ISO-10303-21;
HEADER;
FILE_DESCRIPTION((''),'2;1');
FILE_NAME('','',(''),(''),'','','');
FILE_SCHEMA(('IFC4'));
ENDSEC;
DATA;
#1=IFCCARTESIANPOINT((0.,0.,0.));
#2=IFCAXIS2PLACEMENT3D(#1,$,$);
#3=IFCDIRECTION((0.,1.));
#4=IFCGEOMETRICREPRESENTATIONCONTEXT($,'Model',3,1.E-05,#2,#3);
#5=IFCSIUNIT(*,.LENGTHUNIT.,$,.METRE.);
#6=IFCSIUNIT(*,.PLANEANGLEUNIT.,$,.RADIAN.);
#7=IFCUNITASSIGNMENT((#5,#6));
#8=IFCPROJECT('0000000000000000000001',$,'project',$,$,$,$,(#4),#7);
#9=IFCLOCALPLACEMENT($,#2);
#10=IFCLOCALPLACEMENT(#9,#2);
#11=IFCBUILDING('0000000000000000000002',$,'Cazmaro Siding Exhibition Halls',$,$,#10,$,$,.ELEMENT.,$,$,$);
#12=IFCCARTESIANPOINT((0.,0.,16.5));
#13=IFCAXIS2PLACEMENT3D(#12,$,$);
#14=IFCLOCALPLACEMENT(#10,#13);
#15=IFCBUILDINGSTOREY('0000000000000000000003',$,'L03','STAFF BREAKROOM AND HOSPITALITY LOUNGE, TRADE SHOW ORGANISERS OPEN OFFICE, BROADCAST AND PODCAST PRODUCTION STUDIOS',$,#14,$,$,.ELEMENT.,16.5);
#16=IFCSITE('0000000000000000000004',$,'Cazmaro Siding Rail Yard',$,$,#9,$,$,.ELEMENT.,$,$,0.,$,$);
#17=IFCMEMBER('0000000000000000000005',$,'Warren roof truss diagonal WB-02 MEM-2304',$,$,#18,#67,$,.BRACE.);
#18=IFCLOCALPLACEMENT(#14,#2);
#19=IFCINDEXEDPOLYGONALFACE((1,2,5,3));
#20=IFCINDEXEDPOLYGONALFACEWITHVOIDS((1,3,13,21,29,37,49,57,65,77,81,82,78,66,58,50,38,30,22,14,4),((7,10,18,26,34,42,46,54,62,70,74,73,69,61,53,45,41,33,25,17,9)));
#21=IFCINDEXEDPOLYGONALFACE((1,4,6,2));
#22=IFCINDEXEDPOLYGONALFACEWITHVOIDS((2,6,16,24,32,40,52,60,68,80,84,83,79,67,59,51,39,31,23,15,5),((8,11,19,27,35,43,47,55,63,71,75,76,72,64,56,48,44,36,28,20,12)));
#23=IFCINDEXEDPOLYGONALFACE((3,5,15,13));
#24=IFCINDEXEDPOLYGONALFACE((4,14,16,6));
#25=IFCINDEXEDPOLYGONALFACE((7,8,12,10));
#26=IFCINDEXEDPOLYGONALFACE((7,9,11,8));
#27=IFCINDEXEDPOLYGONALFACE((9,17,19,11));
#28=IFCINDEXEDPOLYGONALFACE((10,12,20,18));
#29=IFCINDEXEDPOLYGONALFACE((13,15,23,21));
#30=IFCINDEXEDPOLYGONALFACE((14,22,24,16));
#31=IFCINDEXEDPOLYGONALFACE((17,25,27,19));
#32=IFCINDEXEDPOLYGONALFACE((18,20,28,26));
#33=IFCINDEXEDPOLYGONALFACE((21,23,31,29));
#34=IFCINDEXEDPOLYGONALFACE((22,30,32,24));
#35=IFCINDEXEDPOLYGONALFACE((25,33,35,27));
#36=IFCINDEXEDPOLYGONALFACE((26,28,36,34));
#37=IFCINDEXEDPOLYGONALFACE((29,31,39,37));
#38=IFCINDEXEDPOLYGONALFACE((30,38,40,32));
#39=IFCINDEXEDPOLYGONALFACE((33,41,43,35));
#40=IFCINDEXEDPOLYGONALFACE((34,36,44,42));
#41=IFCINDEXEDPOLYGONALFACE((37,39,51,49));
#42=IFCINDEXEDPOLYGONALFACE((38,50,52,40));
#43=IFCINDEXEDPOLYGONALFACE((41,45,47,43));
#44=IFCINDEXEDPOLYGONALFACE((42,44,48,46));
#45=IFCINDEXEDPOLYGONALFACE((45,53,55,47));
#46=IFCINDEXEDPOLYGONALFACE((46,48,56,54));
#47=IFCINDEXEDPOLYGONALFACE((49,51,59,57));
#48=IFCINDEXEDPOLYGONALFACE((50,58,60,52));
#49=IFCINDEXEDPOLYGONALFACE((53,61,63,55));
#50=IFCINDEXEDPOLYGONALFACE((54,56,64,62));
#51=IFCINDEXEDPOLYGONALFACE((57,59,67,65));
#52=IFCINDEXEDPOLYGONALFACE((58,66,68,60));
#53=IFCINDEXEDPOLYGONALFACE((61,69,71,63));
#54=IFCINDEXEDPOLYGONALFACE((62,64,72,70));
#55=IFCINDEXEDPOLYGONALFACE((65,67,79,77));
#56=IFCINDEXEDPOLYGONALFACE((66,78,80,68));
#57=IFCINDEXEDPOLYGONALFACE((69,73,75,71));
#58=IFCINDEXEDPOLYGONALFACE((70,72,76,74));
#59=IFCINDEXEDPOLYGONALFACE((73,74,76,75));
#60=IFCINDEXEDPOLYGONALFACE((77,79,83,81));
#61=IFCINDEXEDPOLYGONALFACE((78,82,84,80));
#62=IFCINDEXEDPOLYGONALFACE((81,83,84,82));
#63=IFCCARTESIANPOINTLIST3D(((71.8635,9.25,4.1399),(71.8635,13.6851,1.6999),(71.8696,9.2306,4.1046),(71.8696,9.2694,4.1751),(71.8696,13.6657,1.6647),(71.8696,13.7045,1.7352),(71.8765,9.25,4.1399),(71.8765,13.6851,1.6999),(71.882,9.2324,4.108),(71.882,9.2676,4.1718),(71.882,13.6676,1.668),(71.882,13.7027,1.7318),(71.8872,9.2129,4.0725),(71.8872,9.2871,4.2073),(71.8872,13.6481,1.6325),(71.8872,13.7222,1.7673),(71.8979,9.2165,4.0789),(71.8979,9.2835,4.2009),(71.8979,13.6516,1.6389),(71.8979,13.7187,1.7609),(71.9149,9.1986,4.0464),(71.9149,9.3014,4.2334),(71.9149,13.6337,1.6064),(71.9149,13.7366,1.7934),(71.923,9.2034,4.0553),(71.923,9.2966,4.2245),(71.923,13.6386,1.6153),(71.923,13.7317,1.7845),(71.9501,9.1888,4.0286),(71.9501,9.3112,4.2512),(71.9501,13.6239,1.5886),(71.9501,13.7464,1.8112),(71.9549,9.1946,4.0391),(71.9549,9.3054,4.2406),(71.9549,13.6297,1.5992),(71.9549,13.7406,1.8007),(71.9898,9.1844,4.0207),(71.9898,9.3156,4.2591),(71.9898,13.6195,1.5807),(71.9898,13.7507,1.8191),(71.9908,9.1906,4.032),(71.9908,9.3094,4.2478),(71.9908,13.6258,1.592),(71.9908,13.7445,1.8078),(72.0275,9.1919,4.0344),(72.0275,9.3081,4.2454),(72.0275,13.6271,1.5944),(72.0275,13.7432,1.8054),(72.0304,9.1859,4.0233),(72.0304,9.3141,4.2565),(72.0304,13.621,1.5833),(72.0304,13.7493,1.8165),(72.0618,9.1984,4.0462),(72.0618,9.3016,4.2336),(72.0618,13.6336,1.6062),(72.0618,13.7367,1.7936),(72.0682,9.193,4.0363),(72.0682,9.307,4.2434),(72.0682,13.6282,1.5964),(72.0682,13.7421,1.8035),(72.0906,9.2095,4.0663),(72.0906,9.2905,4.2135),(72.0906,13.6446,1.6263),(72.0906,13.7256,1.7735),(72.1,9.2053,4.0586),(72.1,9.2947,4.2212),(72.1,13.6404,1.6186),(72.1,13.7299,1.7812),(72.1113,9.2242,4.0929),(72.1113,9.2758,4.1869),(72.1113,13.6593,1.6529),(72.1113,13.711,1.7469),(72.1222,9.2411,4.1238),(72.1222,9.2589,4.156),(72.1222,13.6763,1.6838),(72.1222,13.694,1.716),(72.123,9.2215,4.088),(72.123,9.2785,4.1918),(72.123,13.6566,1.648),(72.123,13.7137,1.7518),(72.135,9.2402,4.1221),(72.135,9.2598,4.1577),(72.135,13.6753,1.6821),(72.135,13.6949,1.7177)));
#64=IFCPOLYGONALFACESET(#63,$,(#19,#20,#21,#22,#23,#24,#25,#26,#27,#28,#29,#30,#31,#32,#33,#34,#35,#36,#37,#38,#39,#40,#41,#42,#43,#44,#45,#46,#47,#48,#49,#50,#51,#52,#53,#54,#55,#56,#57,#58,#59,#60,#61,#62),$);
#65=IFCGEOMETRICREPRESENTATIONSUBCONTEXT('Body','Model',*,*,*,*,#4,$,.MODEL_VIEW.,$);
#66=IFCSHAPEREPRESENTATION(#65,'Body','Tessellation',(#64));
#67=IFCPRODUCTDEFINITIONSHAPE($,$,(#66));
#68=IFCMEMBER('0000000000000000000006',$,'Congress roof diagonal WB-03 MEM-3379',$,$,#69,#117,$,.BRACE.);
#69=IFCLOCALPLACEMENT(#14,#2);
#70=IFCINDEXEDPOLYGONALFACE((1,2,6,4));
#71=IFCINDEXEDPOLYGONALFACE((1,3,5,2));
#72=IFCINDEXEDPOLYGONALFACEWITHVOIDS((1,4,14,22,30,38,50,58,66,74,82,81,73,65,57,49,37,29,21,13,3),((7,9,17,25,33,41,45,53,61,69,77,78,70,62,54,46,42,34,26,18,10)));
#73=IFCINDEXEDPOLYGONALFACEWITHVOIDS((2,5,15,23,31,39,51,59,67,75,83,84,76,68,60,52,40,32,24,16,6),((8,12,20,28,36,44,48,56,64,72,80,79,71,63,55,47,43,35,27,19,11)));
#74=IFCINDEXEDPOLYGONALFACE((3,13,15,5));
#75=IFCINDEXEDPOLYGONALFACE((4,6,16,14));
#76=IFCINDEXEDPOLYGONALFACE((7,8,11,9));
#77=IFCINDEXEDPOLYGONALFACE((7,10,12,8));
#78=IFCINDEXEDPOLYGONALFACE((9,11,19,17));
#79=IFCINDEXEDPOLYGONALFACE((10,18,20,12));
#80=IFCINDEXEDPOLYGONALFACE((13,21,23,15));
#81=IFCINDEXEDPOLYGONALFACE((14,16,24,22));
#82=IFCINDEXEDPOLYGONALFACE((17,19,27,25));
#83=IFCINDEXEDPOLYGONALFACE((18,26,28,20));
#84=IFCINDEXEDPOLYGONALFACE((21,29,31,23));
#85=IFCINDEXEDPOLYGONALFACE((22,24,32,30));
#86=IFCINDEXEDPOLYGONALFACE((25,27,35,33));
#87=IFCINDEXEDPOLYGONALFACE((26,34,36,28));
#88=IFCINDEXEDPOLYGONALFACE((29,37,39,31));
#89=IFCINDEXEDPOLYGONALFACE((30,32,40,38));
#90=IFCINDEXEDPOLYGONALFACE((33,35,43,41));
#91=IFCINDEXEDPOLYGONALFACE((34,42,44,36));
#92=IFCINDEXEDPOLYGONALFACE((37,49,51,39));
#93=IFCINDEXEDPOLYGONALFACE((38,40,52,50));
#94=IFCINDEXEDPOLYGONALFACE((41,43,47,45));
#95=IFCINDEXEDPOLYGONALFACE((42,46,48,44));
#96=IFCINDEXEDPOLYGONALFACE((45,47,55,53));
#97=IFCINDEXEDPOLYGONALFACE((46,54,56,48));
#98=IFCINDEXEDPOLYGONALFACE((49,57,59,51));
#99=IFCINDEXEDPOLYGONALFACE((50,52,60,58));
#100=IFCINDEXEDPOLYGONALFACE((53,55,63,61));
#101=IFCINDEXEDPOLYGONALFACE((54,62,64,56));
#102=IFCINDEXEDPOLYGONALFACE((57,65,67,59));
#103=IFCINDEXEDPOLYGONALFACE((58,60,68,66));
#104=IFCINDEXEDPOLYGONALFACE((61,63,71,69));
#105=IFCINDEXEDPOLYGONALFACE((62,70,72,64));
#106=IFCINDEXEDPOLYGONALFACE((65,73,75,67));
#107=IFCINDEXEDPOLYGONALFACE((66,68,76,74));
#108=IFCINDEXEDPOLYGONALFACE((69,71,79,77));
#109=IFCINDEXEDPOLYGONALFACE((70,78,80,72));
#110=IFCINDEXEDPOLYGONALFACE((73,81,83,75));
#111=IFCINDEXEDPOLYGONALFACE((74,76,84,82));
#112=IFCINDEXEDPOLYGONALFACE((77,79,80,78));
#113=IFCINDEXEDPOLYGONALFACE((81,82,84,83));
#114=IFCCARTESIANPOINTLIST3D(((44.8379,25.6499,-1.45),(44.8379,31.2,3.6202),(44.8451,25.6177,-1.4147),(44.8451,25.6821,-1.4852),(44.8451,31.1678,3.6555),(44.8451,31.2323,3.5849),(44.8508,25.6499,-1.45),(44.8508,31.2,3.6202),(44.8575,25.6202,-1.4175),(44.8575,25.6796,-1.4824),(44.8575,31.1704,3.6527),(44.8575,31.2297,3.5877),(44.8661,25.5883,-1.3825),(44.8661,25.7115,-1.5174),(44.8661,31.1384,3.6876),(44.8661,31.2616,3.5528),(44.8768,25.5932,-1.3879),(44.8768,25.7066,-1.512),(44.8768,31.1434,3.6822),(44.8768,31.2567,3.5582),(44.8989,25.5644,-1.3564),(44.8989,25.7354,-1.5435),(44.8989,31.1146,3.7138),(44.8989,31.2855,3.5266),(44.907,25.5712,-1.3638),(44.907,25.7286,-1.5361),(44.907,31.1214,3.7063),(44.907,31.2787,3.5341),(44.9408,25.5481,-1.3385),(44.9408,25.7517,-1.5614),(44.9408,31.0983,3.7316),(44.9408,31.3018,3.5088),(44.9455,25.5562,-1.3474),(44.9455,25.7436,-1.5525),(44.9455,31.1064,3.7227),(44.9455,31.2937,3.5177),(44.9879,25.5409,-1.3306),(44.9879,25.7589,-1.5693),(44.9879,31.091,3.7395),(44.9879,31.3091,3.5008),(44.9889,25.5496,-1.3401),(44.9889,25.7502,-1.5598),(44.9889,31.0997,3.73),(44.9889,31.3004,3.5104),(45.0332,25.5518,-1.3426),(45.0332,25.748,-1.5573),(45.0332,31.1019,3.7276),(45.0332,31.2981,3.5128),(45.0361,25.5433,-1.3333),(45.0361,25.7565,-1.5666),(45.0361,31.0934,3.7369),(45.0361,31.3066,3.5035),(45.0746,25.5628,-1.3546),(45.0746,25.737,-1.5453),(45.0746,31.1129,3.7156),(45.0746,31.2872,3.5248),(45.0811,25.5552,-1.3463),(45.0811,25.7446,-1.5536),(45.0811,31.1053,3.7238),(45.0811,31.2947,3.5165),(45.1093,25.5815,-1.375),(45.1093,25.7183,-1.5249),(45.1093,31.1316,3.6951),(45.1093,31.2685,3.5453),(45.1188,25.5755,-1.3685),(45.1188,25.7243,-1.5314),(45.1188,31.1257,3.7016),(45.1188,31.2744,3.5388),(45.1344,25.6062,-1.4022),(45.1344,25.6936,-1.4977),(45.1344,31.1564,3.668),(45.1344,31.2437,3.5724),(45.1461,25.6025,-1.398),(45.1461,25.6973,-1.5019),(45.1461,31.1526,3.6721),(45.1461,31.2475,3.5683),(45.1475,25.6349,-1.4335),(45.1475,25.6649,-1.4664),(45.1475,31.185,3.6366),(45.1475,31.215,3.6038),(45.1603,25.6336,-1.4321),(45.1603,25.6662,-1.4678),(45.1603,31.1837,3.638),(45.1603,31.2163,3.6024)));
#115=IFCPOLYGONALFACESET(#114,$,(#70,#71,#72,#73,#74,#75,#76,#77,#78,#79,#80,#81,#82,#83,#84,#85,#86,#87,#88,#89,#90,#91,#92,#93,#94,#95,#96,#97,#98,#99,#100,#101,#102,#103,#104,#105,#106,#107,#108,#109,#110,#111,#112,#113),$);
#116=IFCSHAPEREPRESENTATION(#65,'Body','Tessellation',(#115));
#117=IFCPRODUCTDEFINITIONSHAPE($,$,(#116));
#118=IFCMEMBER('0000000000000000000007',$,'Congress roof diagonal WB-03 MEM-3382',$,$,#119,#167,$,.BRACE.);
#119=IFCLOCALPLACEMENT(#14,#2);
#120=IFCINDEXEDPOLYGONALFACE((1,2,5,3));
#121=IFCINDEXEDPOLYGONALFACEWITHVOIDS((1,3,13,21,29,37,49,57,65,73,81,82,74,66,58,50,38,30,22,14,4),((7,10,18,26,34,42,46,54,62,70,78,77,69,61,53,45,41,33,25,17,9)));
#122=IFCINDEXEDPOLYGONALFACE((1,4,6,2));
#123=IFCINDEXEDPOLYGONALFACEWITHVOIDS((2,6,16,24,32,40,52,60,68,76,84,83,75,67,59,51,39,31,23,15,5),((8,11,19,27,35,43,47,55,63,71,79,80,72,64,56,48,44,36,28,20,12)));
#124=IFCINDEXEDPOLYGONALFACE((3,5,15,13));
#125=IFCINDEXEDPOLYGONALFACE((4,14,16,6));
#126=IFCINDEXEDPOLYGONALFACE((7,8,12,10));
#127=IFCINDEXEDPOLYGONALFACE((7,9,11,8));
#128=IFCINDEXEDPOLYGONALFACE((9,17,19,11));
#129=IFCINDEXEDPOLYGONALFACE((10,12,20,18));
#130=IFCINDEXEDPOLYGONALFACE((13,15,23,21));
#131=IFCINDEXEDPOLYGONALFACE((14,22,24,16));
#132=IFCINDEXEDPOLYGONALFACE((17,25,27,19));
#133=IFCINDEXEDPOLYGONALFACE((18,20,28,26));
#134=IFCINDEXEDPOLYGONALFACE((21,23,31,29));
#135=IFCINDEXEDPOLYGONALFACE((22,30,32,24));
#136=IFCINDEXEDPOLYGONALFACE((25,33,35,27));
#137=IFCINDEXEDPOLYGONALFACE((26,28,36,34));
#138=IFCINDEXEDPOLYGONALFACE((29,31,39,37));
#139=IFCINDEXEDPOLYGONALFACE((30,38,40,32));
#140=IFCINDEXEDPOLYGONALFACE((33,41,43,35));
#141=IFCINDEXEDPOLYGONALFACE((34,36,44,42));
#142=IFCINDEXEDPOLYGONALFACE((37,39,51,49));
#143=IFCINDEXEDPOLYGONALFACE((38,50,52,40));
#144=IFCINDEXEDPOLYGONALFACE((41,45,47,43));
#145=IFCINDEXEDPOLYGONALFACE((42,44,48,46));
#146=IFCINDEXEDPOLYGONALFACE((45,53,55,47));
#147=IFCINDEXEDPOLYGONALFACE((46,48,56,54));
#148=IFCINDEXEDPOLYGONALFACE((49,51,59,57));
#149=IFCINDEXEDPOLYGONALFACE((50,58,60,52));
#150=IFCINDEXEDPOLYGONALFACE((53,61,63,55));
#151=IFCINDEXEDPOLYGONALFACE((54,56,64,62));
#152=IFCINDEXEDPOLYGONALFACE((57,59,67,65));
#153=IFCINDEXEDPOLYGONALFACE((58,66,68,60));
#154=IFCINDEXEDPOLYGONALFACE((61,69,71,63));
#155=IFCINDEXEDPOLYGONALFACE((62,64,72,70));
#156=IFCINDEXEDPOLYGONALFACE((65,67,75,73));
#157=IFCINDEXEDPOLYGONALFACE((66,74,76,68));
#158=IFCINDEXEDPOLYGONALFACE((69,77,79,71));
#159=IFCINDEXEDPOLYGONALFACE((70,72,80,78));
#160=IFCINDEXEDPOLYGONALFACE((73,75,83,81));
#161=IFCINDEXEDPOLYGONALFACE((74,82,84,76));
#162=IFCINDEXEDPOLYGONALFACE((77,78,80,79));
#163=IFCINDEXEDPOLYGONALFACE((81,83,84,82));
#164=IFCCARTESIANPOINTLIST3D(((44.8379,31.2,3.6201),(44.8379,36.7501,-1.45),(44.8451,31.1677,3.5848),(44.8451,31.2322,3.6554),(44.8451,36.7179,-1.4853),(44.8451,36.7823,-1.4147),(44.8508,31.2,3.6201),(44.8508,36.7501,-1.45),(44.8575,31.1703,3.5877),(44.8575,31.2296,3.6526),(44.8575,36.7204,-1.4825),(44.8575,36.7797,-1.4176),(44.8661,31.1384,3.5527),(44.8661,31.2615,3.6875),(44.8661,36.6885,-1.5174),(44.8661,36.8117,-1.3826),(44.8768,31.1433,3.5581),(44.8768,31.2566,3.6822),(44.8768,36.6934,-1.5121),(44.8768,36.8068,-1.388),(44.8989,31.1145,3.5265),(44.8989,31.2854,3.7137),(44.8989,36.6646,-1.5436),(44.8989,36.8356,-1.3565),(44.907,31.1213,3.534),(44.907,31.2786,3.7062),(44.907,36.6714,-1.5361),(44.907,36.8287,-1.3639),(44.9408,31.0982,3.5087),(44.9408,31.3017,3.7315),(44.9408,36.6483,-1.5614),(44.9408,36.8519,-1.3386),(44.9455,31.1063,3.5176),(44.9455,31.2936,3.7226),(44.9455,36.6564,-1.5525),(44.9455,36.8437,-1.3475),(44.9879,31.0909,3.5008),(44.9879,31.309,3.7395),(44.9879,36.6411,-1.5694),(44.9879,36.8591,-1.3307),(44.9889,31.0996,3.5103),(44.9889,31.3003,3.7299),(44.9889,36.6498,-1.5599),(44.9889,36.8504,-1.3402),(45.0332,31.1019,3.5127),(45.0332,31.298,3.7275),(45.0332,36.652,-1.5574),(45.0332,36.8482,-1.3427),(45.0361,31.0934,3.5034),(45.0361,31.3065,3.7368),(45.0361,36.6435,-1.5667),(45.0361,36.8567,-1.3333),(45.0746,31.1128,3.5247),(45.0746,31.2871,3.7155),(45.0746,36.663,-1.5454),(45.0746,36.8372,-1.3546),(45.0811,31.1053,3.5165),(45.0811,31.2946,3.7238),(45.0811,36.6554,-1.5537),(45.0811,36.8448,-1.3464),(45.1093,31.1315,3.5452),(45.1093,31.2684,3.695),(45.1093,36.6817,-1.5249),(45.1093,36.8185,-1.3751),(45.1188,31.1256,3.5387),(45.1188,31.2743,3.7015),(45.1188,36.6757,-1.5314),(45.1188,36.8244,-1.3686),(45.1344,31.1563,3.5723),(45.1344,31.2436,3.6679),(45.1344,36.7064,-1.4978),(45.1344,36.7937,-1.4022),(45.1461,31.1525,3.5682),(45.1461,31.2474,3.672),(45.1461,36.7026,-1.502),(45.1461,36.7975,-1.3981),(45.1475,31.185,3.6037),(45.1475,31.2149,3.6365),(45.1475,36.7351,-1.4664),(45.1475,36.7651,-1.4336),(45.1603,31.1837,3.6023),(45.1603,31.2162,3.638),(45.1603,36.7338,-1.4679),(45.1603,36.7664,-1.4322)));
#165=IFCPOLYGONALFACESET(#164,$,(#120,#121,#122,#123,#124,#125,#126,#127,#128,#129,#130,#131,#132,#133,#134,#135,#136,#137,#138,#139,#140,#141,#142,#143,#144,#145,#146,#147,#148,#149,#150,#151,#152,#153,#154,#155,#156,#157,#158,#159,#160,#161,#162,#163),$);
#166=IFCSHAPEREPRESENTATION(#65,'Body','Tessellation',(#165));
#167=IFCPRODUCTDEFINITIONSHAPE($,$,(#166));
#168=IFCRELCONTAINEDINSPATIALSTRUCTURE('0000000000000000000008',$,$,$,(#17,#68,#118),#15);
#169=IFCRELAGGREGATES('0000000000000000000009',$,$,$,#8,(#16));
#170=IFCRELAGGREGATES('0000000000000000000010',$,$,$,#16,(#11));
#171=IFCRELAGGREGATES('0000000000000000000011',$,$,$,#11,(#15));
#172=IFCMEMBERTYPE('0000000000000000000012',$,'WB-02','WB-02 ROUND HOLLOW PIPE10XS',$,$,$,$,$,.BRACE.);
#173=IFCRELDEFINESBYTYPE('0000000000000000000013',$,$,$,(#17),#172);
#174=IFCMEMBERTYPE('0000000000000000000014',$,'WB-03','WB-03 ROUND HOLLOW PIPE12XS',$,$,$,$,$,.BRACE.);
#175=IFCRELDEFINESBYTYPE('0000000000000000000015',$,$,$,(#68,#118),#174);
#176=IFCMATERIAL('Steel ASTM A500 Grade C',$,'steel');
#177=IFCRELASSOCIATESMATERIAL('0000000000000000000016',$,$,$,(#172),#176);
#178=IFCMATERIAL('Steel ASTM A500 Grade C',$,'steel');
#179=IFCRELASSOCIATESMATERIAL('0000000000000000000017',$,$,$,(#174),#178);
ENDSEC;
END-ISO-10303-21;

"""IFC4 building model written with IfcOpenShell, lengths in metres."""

from ifc_helpers import new_model, si_unit, direction, frame, origin, origin_2d, place, context, subcontext, project, spatial, hollow_circle, extrude, material, material_profile, profile_set, type_object, element, save


model = new_model("IFC4")

# Units and contexts
model_context = context("Model", 3, precision=1e-05, world=origin(), true_north=direction((0.0, 1.0)))
body_context = subcontext(model_context, "Body", "Model", "MODEL_VIEW")
ifc_project = project(units=[si_unit("LENGTHUNIT", "METRE"), si_unit("PLANEANGLEUNIT", "RADIAN")], contexts=[model_context])

# Site, building, storey
site_placement = place(None, origin())
site = spatial("IfcSite", under=ifc_project, at=site_placement, Name="Cazmaro Siding Rail Yard", CompositionType="ELEMENT", RefElevation=0.0)
building_placement = place(site_placement, origin())
building = spatial("IfcBuilding", under=site, at=building_placement, Name="Cazmaro Siding Exhibition Halls", CompositionType="ELEMENT")
storey_placement = place(building_placement, frame((0.0, 0.0, 16.5)))
storey = spatial("IfcBuildingStorey", under=building, at=storey_placement, Name="L03", Description="STAFF BREAKROOM AND HOSPITALITY LOUNGE, TRADE SHOW ORGANISERS OPEN OFFICE, BROADCAST AND PODCAST PRODUCTION STUDIOS", CompositionType="ELEMENT", Elevation=16.5)

# Members
ifc_material_1 = material(Name="Steel ASTM A500 Grade C", Category="steel")
ifc_material_profile_1 = material_profile(ifc_material_1, hollow_circle(Radius=0.1365, WallThickness=0.0129, at=origin_2d()), Name="PIPE10XS")
ifc_profile_set_1 = profile_set([ifc_material_profile_1], Name="Steel ASTM A500 Grade C")
member_type_1 = type_object("IfcMemberType", Name="WB-02", Description="WB-02 ROUND HOLLOW PIPE10XS", PredefinedType="BRACE", material=ifc_profile_set_1)
member_1_placement = place(storey_placement, frame((72.0, 9.25, 4.1399), z_axis=(0.0, 0.876161, -0.482019), x_axis=(-1.0, 0.0, 0.0)))
element("IfcMember", 1, at=member_1_placement, inside=storey, type_object=member_type_1, Name="Warren roof truss diagonal WB-02 MEM-2304", PredefinedType="BRACE", context=body_context, shape_type="SweptSolid", body=[
    extrude(hollow_circle(Radius=0.1365, WallThickness=0.0129, at=origin_2d()), origin(), (0.0, 0.0, 1.0), 5.062),
])
ifc_material_2 = material(Name="Steel ASTM A500 Grade C", Category="steel")
ifc_material_profile_2 = material_profile(ifc_material_2, hollow_circle(Radius=0.1621, WallThickness=0.0129, at=origin_2d()), Name="PIPE12XS")
ifc_profile_set_2 = profile_set([ifc_material_profile_2], Name="Steel ASTM A500 Grade C")
member_type_2 = type_object("IfcMemberType", Name="WB-03", Description="WB-03 ROUND HOLLOW PIPE12XS", PredefinedType="BRACE", material=ifc_profile_set_2)
for number, where, z_axis, x_axis, name in (
    (2, (45.0, 25.6499, -1.45), (0.0, 0.738311, 0.67446), (-1.0, 0.0, 0.0), "Congress roof diagonal WB-03 MEM-3379"),
    (3, (45.0, 31.2, 3.6201), (0.0, 0.738311, -0.67446), (-1.0, 0.0, 0.0), "Congress roof diagonal WB-03 MEM-3382"),
):
    element("IfcMember", number, at=place(storey_placement, frame(where, z_axis=z_axis, x_axis=x_axis)), inside=storey, type_object=member_type_2, Name=name, PredefinedType="BRACE", context=body_context, shape_type="SweptSolid", body=[
        extrude(hollow_circle(Radius=0.1621, WallThickness=0.0129, at=origin_2d()), origin(), (0.0, 0.0, 1.0), 7.5173),
    ])

save(model, "model.ifc")
